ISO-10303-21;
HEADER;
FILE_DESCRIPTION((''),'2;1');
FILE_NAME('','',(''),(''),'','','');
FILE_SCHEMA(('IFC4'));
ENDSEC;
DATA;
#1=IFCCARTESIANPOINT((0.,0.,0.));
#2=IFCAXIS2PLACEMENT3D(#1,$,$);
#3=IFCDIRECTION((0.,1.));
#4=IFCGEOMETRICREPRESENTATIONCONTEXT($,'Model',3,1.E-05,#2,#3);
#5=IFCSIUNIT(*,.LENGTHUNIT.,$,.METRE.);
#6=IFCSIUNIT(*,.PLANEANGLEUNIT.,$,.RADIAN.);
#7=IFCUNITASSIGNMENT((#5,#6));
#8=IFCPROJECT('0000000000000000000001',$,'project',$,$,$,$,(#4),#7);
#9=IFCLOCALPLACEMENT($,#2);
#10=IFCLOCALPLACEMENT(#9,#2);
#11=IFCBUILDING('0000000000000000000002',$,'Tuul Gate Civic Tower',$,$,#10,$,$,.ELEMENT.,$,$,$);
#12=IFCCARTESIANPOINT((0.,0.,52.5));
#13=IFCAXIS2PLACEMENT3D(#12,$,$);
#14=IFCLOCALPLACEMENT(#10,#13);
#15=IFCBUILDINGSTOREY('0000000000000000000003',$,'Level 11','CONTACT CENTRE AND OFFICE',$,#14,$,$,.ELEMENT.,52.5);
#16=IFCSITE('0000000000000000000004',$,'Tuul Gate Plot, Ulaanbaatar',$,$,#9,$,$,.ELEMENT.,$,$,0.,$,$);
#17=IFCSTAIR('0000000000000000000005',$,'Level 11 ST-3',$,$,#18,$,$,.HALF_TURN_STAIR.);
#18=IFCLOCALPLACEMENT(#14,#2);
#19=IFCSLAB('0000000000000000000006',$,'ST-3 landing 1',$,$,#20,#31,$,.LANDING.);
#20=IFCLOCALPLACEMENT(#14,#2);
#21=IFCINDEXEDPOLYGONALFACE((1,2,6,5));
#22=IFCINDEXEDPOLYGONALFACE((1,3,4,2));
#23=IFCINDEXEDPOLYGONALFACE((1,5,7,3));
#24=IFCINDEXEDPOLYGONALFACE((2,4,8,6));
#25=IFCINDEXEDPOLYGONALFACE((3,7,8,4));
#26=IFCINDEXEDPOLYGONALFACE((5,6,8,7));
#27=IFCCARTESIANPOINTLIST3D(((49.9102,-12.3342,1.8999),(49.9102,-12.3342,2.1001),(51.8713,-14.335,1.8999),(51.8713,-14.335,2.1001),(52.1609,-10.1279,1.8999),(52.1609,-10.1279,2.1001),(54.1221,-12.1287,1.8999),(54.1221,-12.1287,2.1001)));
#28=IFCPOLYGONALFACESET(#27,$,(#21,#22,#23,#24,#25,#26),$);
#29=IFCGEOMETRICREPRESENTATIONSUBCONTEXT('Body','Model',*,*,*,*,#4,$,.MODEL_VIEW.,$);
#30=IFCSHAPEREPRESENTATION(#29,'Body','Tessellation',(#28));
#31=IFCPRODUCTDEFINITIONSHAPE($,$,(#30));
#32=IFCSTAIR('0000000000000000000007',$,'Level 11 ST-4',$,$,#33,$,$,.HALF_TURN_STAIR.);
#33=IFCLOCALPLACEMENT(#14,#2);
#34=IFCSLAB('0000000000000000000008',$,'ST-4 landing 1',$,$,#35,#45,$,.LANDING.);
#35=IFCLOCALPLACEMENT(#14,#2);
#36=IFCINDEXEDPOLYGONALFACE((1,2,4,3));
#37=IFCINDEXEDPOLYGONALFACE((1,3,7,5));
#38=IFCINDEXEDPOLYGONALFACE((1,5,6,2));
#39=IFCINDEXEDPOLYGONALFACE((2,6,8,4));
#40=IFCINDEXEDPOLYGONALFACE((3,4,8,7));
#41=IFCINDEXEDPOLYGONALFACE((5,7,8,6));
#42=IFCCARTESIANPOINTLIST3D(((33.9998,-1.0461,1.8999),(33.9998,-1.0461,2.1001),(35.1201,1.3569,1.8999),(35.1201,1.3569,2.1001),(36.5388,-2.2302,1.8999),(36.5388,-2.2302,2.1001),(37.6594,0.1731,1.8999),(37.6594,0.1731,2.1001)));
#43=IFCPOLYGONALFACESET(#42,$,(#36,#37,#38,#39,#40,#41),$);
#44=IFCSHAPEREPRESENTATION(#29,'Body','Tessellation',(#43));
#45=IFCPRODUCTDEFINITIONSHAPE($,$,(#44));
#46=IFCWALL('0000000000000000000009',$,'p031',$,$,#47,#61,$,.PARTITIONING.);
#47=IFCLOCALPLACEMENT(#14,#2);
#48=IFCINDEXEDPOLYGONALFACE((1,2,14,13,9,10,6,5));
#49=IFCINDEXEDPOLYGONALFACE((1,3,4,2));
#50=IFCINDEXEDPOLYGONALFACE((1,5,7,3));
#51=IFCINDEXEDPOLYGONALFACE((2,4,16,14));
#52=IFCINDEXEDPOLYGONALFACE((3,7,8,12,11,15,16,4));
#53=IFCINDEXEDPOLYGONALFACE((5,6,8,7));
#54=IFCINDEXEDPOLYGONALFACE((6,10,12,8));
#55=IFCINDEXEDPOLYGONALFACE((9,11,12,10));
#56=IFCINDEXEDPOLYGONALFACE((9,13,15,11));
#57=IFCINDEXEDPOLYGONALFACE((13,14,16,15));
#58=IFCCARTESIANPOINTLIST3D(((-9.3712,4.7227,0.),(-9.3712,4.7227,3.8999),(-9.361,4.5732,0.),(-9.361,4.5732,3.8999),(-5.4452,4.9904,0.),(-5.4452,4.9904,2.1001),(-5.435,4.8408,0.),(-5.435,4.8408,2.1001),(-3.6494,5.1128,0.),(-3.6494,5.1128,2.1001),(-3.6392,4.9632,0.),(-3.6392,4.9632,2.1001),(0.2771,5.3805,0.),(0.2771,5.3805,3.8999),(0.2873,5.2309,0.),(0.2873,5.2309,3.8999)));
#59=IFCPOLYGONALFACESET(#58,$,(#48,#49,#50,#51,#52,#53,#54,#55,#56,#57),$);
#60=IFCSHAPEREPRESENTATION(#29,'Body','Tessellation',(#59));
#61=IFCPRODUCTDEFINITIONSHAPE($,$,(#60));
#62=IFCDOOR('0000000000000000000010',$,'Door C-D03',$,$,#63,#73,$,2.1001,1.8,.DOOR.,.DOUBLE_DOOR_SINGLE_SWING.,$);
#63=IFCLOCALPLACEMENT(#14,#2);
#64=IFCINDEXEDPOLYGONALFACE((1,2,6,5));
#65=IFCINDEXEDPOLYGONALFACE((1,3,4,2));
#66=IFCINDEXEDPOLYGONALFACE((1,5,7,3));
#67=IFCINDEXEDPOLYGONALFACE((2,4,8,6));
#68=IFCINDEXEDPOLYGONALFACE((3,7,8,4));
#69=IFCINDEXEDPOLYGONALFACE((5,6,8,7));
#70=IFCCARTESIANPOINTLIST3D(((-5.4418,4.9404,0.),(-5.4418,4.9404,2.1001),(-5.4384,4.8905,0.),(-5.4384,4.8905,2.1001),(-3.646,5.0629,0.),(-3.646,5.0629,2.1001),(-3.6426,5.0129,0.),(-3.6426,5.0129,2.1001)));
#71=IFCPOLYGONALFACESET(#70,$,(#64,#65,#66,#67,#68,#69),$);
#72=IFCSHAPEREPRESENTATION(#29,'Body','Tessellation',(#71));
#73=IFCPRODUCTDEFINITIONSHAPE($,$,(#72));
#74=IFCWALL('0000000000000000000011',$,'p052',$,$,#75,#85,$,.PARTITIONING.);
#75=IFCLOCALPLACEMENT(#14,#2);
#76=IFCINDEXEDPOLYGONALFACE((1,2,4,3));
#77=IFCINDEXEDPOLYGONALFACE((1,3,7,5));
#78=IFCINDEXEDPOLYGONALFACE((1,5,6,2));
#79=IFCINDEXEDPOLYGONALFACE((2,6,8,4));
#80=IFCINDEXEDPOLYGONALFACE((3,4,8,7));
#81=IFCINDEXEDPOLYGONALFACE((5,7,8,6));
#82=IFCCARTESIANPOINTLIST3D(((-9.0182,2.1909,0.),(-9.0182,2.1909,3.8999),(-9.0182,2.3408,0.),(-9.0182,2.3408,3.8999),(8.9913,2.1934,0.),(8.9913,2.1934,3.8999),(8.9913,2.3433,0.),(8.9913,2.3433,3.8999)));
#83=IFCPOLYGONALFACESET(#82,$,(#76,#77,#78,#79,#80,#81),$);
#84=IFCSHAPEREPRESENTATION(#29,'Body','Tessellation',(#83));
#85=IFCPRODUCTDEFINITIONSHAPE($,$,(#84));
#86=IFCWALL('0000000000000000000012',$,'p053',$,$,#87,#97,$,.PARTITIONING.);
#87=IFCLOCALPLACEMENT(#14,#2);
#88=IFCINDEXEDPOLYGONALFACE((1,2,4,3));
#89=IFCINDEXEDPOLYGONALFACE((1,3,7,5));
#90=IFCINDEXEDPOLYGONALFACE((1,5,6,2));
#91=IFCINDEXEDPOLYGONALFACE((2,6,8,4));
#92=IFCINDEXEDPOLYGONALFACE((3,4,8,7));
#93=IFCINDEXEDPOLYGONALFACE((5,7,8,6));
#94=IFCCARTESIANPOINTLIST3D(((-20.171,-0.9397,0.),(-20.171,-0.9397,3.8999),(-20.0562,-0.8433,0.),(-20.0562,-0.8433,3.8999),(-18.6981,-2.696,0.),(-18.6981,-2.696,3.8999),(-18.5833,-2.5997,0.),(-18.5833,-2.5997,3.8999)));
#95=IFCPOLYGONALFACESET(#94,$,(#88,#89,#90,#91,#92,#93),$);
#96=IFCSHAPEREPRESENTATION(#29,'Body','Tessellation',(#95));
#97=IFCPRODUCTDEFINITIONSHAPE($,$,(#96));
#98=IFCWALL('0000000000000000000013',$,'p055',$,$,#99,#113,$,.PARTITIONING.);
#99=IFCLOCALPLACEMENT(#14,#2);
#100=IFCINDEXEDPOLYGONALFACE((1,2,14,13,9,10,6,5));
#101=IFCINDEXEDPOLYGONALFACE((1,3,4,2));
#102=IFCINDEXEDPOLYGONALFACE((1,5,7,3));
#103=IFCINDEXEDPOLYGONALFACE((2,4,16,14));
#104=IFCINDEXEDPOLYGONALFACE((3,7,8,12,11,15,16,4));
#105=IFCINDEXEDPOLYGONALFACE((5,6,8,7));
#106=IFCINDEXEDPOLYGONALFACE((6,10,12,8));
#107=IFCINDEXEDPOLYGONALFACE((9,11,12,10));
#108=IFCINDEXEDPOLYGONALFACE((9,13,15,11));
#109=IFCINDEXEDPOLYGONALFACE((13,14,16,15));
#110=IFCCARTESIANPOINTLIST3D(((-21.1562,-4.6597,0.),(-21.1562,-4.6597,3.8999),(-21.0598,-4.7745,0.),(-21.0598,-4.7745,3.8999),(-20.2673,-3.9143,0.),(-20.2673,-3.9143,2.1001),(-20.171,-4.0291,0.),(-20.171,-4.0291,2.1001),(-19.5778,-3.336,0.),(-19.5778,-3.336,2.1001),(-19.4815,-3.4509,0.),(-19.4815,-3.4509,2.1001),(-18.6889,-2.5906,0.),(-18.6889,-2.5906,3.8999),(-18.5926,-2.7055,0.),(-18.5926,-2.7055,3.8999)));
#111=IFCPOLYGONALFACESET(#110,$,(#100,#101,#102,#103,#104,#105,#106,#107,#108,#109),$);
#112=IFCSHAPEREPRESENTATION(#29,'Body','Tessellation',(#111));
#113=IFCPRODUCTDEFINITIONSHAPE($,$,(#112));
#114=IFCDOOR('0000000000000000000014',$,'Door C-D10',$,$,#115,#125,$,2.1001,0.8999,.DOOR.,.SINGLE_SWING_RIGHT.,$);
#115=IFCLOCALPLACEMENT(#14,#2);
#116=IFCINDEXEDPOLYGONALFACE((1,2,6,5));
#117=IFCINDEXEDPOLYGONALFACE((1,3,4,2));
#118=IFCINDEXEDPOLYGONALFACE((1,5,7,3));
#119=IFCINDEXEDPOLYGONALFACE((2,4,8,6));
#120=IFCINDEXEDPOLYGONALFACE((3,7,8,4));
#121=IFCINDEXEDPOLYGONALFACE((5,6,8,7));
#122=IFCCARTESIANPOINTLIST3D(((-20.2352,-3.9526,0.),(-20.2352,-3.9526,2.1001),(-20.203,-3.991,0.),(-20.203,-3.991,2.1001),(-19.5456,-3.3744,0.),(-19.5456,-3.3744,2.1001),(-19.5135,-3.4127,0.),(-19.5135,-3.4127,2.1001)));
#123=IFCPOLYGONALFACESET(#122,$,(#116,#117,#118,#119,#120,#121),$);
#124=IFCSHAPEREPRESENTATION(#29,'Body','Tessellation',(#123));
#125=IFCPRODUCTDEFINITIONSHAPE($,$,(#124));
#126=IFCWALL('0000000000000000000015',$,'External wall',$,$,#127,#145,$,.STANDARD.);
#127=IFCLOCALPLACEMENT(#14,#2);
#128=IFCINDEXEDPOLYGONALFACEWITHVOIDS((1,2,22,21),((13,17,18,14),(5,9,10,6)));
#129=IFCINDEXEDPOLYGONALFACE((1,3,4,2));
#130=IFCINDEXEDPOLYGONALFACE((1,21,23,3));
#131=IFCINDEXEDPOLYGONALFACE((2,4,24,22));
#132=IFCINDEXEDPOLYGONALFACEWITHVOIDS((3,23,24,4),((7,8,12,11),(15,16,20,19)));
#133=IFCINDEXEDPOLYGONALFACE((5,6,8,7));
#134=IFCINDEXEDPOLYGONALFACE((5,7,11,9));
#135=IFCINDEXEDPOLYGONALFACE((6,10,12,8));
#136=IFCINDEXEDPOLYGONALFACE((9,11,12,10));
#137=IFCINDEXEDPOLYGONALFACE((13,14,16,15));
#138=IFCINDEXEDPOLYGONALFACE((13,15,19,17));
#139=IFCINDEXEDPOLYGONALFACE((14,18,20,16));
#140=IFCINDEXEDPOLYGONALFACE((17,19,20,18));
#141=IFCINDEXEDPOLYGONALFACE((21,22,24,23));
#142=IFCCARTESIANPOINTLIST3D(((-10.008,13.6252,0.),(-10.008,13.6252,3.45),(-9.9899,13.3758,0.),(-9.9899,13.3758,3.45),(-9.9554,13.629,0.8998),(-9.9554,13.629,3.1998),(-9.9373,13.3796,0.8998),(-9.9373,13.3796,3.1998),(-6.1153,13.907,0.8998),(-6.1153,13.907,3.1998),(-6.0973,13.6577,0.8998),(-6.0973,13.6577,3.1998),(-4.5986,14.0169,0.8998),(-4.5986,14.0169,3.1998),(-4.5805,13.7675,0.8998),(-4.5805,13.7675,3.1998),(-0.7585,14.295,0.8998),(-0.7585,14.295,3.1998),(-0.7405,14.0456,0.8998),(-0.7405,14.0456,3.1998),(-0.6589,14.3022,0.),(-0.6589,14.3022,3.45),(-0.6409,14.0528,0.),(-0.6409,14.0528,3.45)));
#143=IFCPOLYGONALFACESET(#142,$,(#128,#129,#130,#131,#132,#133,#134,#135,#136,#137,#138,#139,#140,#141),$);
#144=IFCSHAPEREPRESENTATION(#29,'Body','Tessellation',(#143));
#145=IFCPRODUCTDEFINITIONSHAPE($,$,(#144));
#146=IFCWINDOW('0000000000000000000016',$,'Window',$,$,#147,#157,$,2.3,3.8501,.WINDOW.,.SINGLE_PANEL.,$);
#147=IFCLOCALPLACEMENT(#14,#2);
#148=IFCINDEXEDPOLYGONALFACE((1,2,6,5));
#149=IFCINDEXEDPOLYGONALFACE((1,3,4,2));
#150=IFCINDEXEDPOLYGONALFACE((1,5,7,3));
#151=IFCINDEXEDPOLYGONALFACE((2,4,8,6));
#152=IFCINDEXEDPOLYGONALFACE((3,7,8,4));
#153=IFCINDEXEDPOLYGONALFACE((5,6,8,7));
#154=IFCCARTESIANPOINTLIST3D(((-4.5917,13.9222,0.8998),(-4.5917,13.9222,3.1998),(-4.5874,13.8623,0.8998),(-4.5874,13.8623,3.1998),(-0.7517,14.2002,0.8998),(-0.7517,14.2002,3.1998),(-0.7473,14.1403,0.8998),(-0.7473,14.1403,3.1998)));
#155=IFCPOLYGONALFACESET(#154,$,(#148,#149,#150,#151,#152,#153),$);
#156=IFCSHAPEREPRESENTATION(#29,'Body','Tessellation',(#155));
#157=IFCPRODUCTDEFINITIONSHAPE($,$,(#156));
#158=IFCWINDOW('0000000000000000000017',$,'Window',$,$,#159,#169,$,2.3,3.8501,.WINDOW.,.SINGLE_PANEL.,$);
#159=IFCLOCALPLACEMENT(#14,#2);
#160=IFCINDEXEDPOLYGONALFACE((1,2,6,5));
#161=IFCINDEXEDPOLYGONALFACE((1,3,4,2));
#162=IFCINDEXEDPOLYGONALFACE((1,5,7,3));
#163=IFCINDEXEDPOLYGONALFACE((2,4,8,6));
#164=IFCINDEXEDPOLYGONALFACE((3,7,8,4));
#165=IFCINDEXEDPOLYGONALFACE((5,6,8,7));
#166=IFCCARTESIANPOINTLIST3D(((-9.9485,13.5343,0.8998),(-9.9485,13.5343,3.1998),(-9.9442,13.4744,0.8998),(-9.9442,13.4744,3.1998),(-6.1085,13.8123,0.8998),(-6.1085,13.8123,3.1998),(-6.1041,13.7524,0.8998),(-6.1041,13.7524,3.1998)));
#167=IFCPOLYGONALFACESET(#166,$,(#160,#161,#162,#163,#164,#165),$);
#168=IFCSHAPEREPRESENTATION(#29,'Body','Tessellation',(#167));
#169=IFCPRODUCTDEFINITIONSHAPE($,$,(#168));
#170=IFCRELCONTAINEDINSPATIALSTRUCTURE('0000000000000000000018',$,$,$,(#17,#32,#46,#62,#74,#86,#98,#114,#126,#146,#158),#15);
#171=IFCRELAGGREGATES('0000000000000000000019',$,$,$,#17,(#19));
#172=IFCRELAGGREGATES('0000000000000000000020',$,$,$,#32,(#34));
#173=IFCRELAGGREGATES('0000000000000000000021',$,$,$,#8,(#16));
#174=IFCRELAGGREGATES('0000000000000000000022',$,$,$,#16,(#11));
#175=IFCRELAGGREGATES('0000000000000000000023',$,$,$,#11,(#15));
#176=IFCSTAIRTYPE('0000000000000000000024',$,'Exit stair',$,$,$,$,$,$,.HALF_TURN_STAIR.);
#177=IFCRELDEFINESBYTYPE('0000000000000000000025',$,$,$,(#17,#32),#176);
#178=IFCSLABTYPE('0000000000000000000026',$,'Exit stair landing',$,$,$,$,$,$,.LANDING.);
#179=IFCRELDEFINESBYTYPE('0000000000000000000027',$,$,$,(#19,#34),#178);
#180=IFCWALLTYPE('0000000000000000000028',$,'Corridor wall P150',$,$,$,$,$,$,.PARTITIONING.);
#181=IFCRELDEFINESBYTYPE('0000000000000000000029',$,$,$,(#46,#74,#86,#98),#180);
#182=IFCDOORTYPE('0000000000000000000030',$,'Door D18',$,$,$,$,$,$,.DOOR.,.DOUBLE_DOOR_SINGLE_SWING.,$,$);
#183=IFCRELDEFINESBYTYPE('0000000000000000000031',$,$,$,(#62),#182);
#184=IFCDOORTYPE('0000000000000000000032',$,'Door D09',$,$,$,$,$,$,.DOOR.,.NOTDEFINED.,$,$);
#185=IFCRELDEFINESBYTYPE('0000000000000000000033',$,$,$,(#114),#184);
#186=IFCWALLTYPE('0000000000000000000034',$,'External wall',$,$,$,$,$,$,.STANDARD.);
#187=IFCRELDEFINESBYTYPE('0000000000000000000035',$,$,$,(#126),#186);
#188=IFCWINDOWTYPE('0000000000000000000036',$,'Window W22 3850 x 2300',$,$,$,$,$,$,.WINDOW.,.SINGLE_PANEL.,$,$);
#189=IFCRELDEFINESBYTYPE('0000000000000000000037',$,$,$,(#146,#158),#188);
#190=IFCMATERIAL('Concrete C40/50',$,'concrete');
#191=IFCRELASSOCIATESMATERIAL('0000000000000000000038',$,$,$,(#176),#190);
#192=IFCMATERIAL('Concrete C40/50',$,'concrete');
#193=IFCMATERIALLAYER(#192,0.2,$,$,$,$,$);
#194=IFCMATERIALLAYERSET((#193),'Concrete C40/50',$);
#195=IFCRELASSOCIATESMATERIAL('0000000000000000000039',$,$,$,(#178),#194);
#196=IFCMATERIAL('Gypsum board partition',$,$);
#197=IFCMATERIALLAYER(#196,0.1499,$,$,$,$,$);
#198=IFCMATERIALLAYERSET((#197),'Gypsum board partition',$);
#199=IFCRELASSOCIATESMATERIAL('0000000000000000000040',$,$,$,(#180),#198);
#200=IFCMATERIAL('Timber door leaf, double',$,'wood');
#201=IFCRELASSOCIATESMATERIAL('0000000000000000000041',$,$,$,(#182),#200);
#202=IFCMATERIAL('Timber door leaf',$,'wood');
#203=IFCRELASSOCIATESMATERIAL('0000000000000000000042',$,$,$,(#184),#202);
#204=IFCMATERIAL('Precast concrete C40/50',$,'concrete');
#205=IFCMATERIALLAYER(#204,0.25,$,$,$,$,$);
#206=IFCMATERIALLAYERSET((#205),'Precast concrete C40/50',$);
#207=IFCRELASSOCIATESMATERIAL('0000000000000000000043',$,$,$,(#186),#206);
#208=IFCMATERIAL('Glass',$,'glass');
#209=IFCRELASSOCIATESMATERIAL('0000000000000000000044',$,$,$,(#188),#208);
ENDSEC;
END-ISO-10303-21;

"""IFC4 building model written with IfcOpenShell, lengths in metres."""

from ifc_helpers import new_model, si_unit, direction, frame, frame_2d, origin, place, context, subcontext, project, spatial, polyline, rectangle, outline, extrude, material, layer, layer_set, type_object, element, fill, aggregate, save


model = new_model("IFC4")

# Units and contexts
model_context = context("Model", 3, precision=1e-05, world=origin(), true_north=direction((0.0, 1.0)))
body_context = subcontext(model_context, "Body", "Model", "MODEL_VIEW")
ifc_project = project(units=[si_unit("LENGTHUNIT", "METRE"), si_unit("PLANEANGLEUNIT", "RADIAN")], contexts=[model_context])

# Site, building, storey
site_placement = place(None, origin())
site = spatial("IfcSite", under=ifc_project, at=site_placement, Name="Tuul Gate Plot, Ulaanbaatar", CompositionType="ELEMENT", RefElevation=0.0)
building_placement = place(site_placement, origin())
building = spatial("IfcBuilding", under=site, at=building_placement, Name="Tuul Gate Civic Tower", CompositionType="ELEMENT")
storey_placement = place(building_placement, frame((0.0, 0.0, 52.5)))
storey = spatial("IfcBuildingStorey", under=building, at=storey_placement, Name="Level 11", Description="CONTACT CENTRE AND OFFICE", CompositionType="ELEMENT", Elevation=52.5)

# Stairs, slabs
ifc_material_1 = material(Name="Concrete C40/50", Category="concrete")
stair_type = type_object("IfcStairType", Name="Exit stair", PredefinedType="HALF_TURN_STAIR", material=ifc_material_1)
ifc_material_2 = material(Name="Concrete C40/50", Category="concrete")
ifc_layer_1 = layer(ifc_material_2, 0.2)
ifc_layer_set_1 = layer_set([ifc_layer_1], Name="Concrete C40/50")
slab_type_1 = type_object("IfcSlabType", Name="Exit stair landing", PredefinedType="LANDING", material=ifc_layer_set_1)
stair_1_placement = place(storey_placement, origin())
stair_1 = element("IfcStair", 1, at=stair_1_placement, inside=storey, type_object=stair_type, Name="Level 11 ST-3", PredefinedType="HALF_TURN_STAIR")
slab_1_placement = place(storey_placement, frame((0.0, 0.0, 1.8999)))
slab_1 = element("IfcSlab", 2, at=slab_1_placement, type_object=slab_type_1, Name="ST-3 landing 1", PredefinedType="LANDING", context=body_context, shape_type="SweptSolid", body=[
    extrude(outline(polyline([(51.8713, -14.335), (49.9102, -12.3342), (52.1609, -10.1279), (54.1221, -12.1287), (51.8713, -14.335)])), origin(), (0.0, 0.0, 1.0), 0.2002),
])
aggregate(stair_1, [slab_1])
stair_2_placement = place(storey_placement, origin())
stair_2 = element("IfcStair", 3, at=stair_2_placement, inside=storey, type_object=stair_type, Name="Level 11 ST-4", PredefinedType="HALF_TURN_STAIR")
slab_2_placement = place(storey_placement, frame((0.0, 0.0, 1.8999)))
slab_2 = element("IfcSlab", 4, at=slab_2_placement, type_object=slab_type_1, Name="ST-4 landing 1", PredefinedType="LANDING", context=body_context, shape_type="SweptSolid", body=[
    extrude(outline(polyline([(36.5388, -2.2302), (33.9998, -1.0461), (35.1201, 1.3569), (37.6594, 0.1731), (36.5388, -2.2302)])), origin(), (0.0, 0.0, 1.0), 0.2002),
])
aggregate(stair_2, [slab_2])

# Wall, opening, door
ifc_material_3 = material(Name="Gypsum board partition")
ifc_layer_2 = layer(ifc_material_3, 0.1499)
ifc_layer_set_2 = layer_set([ifc_layer_2], Name="Gypsum board partition")
wall_type_1 = type_object("IfcWallType", Name="Corridor wall P150", PredefinedType="PARTITIONING", material=ifc_layer_set_2)
wall_1_placement = place(storey_placement, frame((-9.3662, 4.6479, 0.0), z_axis=(0.0, 0.0, 1.0), x_axis=(0.997685, 0.068012, 0.0)))
wall_1 = element("IfcWall", 5, at=wall_1_placement, inside=storey, type_object=wall_type_1, Name="p031", PredefinedType="PARTITIONING", context=body_context, shape_type="SweptSolid", body=[
    extrude(rectangle(XDim=9.6707, YDim=0.1499, at=frame_2d((4.8354, 0.0))), origin(), (0.0, 0.0, 1.0), 3.8999),
])
opening_1_placement = place(wall_1_placement, frame((3.9353, 0.0, 0.0)))
opening_1 = element("IfcOpeningElement", 6, at=opening_1_placement, cuts=wall_1, PredefinedType="OPENING", context=body_context, shape_type="SweptSolid", body=[
    extrude(rectangle(XDim=1.8, YDim=2.1001, at=frame_2d((0.8999, 1.05))), frame((0.0, 0.085, 0.0), z_axis=(0.0, -1.0, 0.0), x_axis=(1.0, 0.0, 0.0)), (0.0, 0.0, 1.0), 0.1699),
])
ifc_material_4 = material(Name="Timber door leaf, double", Category="wood")
door_type_1 = type_object("IfcDoorType", Name="Door D18", OperationType="DOUBLE_DOOR_SINGLE_SWING", PredefinedType="DOOR", material=ifc_material_4)
door_1_placement = place(opening_1_placement, origin())
door_1 = element("IfcDoor", 7, at=door_1_placement, inside=storey, type_object=door_type_1, Name="Door C-D03", OperationType="DOUBLE_DOOR_SINGLE_SWING", OverallHeight=2.1001, OverallWidth=1.8, PredefinedType="DOOR", context=body_context, shape_type="SweptSolid", body=[
    extrude(rectangle(XDim=1.8, YDim=2.1001, at=frame_2d((0.8999, 1.05))), frame((0.0, 0.0249, 0.0), z_axis=(0.0, -1.0, 0.0), x_axis=(1.0, 0.0, 0.0)), (0.0, 0.0, 1.0), 0.05),
])
fill(opening_1, door_1)

# Walls
wall_2_placement = place(storey_placement, frame((-9.0183, 2.2659, 0.0), z_axis=(0.0, 0.0, 1.0), x_axis=(1.0, 0.000136, 0.0)))
element("IfcWall", 8, at=wall_2_placement, inside=storey, type_object=wall_type_1, Name="p052", PredefinedType="PARTITIONING", context=body_context, shape_type="SweptSolid", body=[
    extrude(rectangle(XDim=18.0095, YDim=0.1499, at=frame_2d((9.0049, 0.0))), origin(), (0.0, 0.0, 1.0), 3.8999),
])
wall_3_placement = place(storey_placement, frame((-20.1135, -0.8916, 0.0), z_axis=(0.0, 0.0, 1.0), x_axis=(0.64257, -0.766227, 0.0)))
element("IfcWall", 9, at=wall_3_placement, inside=storey, type_object=wall_type_1, Name="p053", PredefinedType="PARTITIONING", context=body_context, shape_type="SweptSolid", body=[
    extrude(rectangle(XDim=2.2922, YDim=0.1499, at=frame_2d((1.146, 0.0))), origin(), (0.0, 0.0, 1.0), 3.8999),
])

# Wall, opening, door
wall_4_placement = place(storey_placement, frame((-21.1079, -4.717, 0.0), z_axis=(0.0, 0.0, 1.0), x_axis=(0.766229, 0.642568, 0.0)))
wall_4 = element("IfcWall", 10, at=wall_4_placement, inside=storey, type_object=wall_type_1, Name="p055", PredefinedType="PARTITIONING", context=body_context, shape_type="SweptSolid", body=[
    extrude(rectangle(XDim=3.22, YDim=0.1499, at=frame_2d((1.6099, 0.0))), origin(), (0.0, 0.0, 1.0), 3.8999),
])
opening_2_placement = place(wall_4_placement, frame((1.1599, 0.0, 0.0)))
opening_2 = element("IfcOpeningElement", 11, at=opening_2_placement, cuts=wall_4, PredefinedType="OPENING", context=body_context, shape_type="SweptSolid", body=[
    extrude(rectangle(XDim=0.8999, YDim=2.1001, at=frame_2d((0.45, 1.05))), frame((0.0, 0.085, 0.0), z_axis=(0.0, -1.0, 0.0), x_axis=(1.0, 0.0, 0.0)), (0.0, 0.0, 1.0), 0.1699),
])
ifc_material_5 = material(Name="Timber door leaf", Category="wood")
door_type_2 = type_object("IfcDoorType", Name="Door D09", OperationType="NOTDEFINED", PredefinedType="DOOR", material=ifc_material_5)
door_2_placement = place(opening_2_placement, origin())
door_2 = element("IfcDoor", 12, at=door_2_placement, inside=storey, type_object=door_type_2, Name="Door C-D10", OperationType="SINGLE_SWING_RIGHT", OverallHeight=2.1001, OverallWidth=0.8999, PredefinedType="DOOR", context=body_context, shape_type="SweptSolid", body=[
    extrude(rectangle(XDim=0.8999, YDim=2.1001, at=frame_2d((0.45, 1.05))), frame((0.0, 0.0249, 0.0), z_axis=(0.0, -1.0, 0.0), x_axis=(1.0, 0.0, 0.0)), (0.0, 0.0, 1.0), 0.05),
])
fill(opening_2, door_2)

# Wall, openings, windows
ifc_material_6 = material(Name="Precast concrete C40/50", Category="concrete")
ifc_layer_3 = layer(ifc_material_6, 0.25)
ifc_layer_set_3 = layer_set([ifc_layer_3], Name="Precast concrete C40/50")
wall_type_2 = type_object("IfcWallType", Name="External wall", PredefinedType="STANDARD", material=ifc_layer_set_3)
wall_5_placement = place(storey_placement, frame((-0.6499, 14.1775, 0.0), z_axis=(0.0, 0.0, 1.0), x_axis=(-0.997388, -0.072224, 0.0)))
wall_5 = element("IfcWall", 13, at=wall_5_placement, inside=storey, type_object=wall_type_2, Name="External wall", PredefinedType="STANDARD", context=body_context, shape_type="SweptSolid", body=[
    extrude(rectangle(XDim=9.3735, YDim=0.25, at=frame_2d((4.6868, 0.0))), origin(), (0.0, 0.0, 1.0), 3.45),
])
opening_3_placement = place(wall_5_placement, frame((0.0999, 0.0, 0.8999)))
opening_3 = element("IfcOpeningElement", 14, at=opening_3_placement, cuts=wall_5, PredefinedType="OPENING", context=body_context, shape_type="SweptSolid", body=[
    extrude(rectangle(XDim=3.8501, YDim=2.3, at=frame_2d((1.925, 1.1499))), frame((0.0, 0.135, 0.0), z_axis=(0.0, -1.0, 0.0), x_axis=(1.0, 0.0, 0.0)), (0.0, 0.0, 1.0), 0.27),
])
opening_4_placement = place(wall_5_placement, frame((5.4707, 0.0, 0.8999)))
opening_4 = element("IfcOpeningElement", 15, at=opening_4_placement, cuts=wall_5, PredefinedType="OPENING", context=body_context, shape_type="SweptSolid", body=[
    extrude(rectangle(XDim=3.8501, YDim=2.3, at=frame_2d((1.925, 1.1499))), frame((0.0, 0.135, 0.0), z_axis=(0.0, -1.0, 0.0), x_axis=(1.0, 0.0, 0.0)), (0.0, 0.0, 1.0), 0.27),
])
ifc_material_7 = material(Name="Glass", Category="glass")
window_type_1 = type_object("IfcWindowType", Name="Window W22 3850 x 2300", PartitioningType="SINGLE_PANEL", PredefinedType="WINDOW", material=ifc_material_7)
window_1_placement = place(opening_3_placement, origin())
window_1 = element("IfcWindow", 16, at=window_1_placement, inside=storey, type_object=window_type_1, Name="Window", OverallHeight=2.3, OverallWidth=3.8501, PartitioningType="SINGLE_PANEL", PredefinedType="WINDOW", context=body_context, shape_type="SweptSolid", body=[
    extrude(rectangle(XDim=3.8501, YDim=2.3, at=frame_2d((1.925, 1.1499))), frame((0.0, 0.03, 0.0), z_axis=(0.0, -1.0, 0.0), x_axis=(1.0, 0.0, 0.0)), (0.0, 0.0, 1.0), 0.0601),
])
fill(opening_3, window_1)
window_2_placement = place(opening_4_placement, origin())
window_2 = element("IfcWindow", 17, at=window_2_placement, inside=storey, type_object=window_type_1, Name="Window", OverallHeight=2.3, OverallWidth=3.8501, PartitioningType="SINGLE_PANEL", PredefinedType="WINDOW", context=body_context, shape_type="SweptSolid", body=[
    extrude(rectangle(XDim=3.8501, YDim=2.3, at=frame_2d((1.925, 1.1499))), frame((0.0, 0.03, 0.0), z_axis=(0.0, -1.0, 0.0), x_axis=(1.0, 0.0, 0.0)), (0.0, 0.0, 1.0), 0.0601),
])
fill(opening_4, window_2)

save(model, "model.ifc")
